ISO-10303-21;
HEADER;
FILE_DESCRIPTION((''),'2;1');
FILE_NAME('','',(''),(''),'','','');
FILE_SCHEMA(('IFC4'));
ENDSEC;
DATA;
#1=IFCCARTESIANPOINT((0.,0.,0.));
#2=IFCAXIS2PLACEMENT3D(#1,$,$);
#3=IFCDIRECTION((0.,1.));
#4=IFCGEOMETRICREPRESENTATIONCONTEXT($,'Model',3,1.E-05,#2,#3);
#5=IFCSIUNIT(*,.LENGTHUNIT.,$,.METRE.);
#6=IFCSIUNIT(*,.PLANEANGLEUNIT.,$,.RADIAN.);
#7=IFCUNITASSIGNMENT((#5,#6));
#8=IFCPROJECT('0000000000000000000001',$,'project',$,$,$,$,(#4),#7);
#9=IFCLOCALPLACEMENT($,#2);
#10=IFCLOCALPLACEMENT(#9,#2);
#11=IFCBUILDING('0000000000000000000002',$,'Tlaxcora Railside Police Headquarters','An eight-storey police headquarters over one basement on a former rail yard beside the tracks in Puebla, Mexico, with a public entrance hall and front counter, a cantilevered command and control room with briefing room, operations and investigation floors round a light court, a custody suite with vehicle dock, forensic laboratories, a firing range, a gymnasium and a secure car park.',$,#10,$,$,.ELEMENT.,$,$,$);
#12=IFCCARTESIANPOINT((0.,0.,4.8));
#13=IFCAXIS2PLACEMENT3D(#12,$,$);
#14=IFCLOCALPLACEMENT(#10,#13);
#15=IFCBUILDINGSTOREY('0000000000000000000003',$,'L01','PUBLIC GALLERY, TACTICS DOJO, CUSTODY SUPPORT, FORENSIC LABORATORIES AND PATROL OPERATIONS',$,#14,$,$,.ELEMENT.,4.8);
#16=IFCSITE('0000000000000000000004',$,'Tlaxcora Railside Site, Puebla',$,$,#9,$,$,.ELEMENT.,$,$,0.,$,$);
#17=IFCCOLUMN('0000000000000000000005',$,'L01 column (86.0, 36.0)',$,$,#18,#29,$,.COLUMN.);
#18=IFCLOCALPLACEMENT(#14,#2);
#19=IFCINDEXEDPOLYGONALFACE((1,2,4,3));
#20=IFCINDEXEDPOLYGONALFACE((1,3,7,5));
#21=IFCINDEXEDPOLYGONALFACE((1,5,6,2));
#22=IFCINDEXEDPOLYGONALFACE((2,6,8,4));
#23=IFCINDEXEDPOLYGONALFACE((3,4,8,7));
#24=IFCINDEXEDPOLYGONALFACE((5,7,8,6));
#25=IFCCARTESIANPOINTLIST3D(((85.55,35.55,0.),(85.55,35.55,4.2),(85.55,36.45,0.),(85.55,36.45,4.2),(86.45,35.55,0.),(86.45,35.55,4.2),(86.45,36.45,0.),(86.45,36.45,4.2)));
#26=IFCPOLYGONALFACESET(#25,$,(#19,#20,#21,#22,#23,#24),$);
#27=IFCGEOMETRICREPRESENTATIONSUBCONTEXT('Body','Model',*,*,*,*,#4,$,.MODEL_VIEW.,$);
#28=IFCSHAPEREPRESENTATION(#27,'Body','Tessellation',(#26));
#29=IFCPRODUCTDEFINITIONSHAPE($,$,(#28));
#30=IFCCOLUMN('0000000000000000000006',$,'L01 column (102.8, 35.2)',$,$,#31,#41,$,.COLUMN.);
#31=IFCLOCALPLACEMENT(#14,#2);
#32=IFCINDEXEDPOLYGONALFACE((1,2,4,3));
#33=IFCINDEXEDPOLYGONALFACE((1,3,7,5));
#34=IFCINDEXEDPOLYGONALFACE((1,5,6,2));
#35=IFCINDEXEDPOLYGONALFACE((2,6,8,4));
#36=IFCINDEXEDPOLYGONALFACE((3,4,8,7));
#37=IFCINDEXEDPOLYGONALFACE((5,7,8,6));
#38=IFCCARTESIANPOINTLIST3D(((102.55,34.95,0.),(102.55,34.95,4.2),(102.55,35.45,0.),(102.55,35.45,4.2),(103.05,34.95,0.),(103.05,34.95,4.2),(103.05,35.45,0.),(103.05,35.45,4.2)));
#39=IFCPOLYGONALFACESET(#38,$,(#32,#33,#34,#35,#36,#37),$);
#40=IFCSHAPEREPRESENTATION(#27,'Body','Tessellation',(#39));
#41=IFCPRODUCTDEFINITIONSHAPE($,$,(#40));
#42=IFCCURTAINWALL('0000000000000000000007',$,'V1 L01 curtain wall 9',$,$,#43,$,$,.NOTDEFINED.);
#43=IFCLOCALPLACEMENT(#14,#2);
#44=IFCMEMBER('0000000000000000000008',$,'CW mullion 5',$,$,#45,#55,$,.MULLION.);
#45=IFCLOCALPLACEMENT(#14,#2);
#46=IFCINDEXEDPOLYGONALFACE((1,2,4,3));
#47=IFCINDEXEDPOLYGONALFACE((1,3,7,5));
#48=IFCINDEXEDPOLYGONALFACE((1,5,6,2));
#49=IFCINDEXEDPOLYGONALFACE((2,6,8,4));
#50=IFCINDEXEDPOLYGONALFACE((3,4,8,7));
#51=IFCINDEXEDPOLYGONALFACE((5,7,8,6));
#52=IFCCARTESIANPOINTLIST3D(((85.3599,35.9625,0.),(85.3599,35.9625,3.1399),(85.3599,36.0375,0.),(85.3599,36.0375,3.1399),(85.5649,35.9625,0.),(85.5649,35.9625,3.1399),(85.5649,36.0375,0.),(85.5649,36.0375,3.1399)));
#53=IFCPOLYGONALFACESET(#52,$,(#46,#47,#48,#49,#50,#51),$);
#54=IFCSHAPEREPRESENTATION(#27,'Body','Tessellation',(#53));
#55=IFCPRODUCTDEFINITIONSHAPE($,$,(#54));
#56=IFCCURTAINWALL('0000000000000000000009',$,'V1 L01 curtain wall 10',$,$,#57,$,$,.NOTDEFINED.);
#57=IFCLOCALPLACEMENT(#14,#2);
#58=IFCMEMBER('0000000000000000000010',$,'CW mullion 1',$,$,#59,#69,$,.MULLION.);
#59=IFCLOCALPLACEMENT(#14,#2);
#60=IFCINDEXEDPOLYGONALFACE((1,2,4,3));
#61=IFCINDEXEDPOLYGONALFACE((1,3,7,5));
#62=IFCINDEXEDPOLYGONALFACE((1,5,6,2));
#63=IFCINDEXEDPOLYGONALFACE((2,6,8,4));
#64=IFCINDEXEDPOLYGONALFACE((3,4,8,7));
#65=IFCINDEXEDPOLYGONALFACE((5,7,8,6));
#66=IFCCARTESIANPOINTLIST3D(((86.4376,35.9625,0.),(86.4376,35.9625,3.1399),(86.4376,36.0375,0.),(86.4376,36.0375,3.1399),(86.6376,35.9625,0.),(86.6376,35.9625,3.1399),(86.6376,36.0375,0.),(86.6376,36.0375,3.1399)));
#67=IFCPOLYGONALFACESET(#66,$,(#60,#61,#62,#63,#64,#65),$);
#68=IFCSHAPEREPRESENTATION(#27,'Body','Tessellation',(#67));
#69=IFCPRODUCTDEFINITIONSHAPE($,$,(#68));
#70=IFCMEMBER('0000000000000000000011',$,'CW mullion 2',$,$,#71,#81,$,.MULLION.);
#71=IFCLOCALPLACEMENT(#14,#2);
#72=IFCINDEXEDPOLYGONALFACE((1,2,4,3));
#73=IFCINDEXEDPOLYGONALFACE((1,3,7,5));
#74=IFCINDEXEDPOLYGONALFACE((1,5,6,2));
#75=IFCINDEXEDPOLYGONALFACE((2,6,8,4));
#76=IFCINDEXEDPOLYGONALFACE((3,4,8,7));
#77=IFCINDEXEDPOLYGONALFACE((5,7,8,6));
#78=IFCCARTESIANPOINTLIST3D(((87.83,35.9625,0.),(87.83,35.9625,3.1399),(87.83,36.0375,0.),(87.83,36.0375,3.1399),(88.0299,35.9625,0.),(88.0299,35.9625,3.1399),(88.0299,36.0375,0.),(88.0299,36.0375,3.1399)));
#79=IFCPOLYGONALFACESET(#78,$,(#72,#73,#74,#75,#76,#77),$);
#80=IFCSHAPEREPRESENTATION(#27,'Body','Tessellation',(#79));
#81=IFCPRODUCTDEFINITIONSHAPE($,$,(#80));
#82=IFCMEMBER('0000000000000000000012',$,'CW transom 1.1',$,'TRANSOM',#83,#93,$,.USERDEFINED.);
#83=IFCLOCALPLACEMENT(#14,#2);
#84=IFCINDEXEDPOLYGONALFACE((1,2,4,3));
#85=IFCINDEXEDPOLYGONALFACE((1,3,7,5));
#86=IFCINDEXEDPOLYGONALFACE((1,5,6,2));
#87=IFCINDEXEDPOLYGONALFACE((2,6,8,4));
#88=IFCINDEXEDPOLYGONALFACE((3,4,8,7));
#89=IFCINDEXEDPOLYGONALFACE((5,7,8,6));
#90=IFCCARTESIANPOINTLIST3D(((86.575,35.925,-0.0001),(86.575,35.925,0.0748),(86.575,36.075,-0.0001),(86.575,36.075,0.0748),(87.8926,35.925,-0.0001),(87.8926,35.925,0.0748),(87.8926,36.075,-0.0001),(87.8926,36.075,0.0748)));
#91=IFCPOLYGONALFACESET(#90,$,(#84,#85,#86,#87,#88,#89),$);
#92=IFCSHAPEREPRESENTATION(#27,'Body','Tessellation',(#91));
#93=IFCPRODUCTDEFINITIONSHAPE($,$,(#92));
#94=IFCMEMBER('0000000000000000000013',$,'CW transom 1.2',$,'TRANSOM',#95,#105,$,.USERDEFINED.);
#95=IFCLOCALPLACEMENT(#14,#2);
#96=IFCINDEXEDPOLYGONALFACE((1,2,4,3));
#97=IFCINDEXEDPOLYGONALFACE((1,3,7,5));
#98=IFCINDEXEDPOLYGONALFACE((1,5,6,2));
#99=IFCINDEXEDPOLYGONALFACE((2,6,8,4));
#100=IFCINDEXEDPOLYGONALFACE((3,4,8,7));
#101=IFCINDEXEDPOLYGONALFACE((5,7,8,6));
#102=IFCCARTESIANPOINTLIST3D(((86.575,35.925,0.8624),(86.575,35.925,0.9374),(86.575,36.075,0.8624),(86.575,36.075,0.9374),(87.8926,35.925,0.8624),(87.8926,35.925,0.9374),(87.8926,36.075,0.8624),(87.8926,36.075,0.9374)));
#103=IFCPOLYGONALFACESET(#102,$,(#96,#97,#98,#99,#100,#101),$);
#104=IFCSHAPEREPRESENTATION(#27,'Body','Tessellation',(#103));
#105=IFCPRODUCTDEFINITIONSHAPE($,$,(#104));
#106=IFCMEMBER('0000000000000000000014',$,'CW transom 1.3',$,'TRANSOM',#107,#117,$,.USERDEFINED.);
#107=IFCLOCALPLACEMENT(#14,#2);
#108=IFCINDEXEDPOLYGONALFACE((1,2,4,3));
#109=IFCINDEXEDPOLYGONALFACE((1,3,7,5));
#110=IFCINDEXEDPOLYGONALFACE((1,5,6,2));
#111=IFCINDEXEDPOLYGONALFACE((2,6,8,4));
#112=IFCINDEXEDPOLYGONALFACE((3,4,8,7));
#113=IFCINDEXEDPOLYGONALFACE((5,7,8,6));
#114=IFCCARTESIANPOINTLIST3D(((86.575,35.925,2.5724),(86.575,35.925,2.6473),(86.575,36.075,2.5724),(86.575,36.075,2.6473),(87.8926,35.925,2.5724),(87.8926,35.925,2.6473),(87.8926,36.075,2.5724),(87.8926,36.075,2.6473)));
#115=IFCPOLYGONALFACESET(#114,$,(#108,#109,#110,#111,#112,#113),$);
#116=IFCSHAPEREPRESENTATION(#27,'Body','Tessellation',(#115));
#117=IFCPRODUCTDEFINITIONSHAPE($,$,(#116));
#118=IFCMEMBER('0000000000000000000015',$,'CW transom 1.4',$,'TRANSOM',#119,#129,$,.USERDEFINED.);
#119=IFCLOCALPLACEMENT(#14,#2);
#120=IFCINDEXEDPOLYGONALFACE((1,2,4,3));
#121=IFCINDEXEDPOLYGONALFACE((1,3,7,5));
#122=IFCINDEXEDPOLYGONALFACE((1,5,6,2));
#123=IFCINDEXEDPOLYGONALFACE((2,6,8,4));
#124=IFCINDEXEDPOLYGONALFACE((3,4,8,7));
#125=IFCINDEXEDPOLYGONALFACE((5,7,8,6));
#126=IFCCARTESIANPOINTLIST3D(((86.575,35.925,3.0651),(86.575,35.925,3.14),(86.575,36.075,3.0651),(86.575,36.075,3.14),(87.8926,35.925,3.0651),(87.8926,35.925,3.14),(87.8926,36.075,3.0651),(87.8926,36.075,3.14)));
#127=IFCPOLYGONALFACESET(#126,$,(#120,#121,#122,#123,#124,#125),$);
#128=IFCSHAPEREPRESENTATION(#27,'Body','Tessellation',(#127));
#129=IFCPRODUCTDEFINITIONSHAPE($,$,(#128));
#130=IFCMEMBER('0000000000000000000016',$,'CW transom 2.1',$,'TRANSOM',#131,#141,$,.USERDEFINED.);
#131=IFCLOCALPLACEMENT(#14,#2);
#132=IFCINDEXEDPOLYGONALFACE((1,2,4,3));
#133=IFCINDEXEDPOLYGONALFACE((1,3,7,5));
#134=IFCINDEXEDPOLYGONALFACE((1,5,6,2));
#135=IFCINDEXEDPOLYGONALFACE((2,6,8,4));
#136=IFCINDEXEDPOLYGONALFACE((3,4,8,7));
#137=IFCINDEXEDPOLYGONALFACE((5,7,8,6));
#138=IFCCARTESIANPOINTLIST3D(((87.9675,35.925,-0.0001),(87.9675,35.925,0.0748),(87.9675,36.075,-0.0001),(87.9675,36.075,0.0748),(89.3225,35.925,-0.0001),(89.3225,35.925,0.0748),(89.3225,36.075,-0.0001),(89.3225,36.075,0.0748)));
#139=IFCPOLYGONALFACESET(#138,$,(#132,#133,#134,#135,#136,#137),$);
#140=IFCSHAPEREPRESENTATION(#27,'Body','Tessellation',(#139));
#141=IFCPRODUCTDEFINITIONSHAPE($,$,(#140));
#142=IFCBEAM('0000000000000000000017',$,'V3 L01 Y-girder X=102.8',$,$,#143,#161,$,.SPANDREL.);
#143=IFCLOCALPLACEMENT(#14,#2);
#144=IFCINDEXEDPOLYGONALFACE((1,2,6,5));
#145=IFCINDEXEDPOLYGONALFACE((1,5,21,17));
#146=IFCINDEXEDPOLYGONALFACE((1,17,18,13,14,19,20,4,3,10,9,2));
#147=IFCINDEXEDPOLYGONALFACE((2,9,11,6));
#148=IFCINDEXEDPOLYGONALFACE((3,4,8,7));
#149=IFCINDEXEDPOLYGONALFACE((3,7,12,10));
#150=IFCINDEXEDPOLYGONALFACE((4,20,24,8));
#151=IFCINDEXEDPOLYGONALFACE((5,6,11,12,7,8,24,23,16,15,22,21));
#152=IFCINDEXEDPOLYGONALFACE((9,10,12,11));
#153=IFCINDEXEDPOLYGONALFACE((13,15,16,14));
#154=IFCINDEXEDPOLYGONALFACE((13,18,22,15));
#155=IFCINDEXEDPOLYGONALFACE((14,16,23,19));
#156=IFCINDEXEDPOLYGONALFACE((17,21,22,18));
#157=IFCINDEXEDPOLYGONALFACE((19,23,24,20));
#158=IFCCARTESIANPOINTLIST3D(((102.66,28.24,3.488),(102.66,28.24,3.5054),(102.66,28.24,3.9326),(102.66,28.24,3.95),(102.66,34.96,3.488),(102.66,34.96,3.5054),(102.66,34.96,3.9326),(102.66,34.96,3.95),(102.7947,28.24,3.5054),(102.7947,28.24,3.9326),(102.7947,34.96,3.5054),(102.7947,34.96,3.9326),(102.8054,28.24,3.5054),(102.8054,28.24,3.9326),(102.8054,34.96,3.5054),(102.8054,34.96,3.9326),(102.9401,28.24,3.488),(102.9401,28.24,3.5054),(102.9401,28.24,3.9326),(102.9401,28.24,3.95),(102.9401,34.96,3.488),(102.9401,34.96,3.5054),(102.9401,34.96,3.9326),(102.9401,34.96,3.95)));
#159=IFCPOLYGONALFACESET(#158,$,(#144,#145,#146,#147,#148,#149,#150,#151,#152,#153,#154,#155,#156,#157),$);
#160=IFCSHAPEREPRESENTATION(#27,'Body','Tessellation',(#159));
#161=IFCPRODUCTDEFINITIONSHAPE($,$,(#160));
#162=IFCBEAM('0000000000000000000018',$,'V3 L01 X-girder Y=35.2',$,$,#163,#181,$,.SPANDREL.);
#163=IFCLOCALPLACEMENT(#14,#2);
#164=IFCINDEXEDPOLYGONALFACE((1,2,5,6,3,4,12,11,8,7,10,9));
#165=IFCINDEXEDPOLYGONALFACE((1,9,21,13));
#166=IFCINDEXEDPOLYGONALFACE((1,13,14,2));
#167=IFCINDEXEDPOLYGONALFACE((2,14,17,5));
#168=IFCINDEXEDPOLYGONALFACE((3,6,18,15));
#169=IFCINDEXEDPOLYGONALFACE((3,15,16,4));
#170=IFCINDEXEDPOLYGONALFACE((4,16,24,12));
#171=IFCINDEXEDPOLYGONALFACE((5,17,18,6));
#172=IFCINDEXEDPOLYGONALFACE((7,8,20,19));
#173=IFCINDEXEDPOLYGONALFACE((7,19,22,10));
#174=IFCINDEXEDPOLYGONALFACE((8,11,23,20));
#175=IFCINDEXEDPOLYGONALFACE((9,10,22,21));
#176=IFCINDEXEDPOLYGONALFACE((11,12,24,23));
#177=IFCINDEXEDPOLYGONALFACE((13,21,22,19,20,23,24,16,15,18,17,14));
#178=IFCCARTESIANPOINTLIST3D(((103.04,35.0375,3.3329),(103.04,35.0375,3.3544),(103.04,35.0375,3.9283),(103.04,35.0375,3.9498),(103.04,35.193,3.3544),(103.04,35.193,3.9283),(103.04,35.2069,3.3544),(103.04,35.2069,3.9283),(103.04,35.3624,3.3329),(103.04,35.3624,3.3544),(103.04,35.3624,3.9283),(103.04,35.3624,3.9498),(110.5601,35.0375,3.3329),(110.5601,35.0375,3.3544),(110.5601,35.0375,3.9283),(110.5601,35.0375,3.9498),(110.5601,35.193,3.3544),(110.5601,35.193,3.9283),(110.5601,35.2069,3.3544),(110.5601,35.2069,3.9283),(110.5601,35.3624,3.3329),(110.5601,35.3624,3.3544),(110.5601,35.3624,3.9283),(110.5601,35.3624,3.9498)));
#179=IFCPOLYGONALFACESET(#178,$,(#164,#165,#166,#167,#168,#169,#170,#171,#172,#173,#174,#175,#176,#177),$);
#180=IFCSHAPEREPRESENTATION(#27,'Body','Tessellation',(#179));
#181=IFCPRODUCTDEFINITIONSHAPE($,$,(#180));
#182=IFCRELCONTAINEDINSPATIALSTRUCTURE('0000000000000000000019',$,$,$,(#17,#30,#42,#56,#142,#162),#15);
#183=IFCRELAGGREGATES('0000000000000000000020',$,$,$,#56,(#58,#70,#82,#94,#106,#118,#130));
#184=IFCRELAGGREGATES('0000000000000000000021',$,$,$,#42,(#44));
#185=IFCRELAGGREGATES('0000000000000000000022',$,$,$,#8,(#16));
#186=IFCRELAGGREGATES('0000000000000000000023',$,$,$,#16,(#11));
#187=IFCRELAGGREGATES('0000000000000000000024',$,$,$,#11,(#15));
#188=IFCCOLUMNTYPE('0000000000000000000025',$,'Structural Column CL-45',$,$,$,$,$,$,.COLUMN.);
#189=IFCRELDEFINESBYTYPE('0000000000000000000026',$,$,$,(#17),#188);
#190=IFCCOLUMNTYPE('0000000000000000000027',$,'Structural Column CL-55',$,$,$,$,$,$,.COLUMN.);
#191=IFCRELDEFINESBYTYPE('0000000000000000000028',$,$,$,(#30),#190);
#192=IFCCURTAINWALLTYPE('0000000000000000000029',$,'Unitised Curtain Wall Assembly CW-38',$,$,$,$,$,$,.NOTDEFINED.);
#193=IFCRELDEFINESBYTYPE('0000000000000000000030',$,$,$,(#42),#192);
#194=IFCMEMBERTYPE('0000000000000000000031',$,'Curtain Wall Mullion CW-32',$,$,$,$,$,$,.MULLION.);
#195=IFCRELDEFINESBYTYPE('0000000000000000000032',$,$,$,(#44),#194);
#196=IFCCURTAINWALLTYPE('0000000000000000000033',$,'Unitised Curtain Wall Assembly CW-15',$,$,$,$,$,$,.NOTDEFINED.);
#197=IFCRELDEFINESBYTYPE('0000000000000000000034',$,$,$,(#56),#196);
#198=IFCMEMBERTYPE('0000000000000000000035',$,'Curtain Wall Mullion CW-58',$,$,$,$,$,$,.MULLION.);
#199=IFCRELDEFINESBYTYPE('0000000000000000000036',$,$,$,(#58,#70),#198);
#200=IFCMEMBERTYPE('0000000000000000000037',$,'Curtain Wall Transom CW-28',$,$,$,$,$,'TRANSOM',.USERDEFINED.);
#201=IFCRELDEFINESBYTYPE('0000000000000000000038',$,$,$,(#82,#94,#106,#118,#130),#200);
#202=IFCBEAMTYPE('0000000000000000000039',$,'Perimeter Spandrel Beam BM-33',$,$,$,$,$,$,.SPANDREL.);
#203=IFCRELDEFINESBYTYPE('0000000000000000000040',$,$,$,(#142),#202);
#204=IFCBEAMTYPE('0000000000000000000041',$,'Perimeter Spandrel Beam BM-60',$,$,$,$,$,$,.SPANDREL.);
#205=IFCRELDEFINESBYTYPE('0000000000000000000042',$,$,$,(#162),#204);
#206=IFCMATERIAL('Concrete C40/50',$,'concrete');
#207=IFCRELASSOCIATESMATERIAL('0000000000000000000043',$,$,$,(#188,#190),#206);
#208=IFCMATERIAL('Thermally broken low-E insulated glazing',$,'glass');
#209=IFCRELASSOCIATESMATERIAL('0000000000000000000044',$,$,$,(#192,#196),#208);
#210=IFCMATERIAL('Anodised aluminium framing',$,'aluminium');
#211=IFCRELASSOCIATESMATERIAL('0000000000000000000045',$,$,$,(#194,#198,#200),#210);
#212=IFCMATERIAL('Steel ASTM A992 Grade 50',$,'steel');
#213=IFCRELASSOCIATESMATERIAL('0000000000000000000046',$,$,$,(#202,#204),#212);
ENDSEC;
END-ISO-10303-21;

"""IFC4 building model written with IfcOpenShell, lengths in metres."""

from ifc_helpers import new_model, si_unit, direction, frame, origin, origin_2d, place, context, subcontext, project, spatial, rectangle, i_section, extrude, material, material_profile, profile_set, type_object, element, aggregate, save


model = new_model("IFC4")

# Units and contexts
model_context = context("Model", 3, precision=1e-05, world=origin(), true_north=direction((0.0, 1.0)))
body_context = subcontext(model_context, "Body", "Model", "MODEL_VIEW")
ifc_project = project(units=[si_unit("LENGTHUNIT", "METRE"), si_unit("PLANEANGLEUNIT", "RADIAN")], contexts=[model_context])

# Site, building, storey
site_placement = place(None, origin())
site = spatial("IfcSite", under=ifc_project, at=site_placement, Name="Tlaxcora Railside Site, Puebla", CompositionType="ELEMENT", RefElevation=0.0)
building_placement = place(site_placement, origin())
building = spatial("IfcBuilding", under=site, at=building_placement, Name="Tlaxcora Railside Police Headquarters", Description="An eight-storey police headquarters over one basement on a former rail yard beside the tracks in Puebla, Mexico, with a public entrance hall and front counter, a cantilevered command and control room with briefing room, operations and investigation floors round a light court, a custody suite with vehicle dock, forensic laboratories, a firing range, a gymnasium and a secure car park.", CompositionType="ELEMENT")
storey_placement = place(building_placement, frame((0.0, 0.0, 4.8)))
storey = spatial("IfcBuildingStorey", under=building, at=storey_placement, Name="L01", Description="PUBLIC GALLERY, TACTICS DOJO, CUSTODY SUPPORT, FORENSIC LABORATORIES AND PATROL OPERATIONS", CompositionType="ELEMENT", Elevation=4.8)

# Columns
ifc_material_1 = material(Name="Concrete C40/50", Category="concrete")
ifc_material_profile_1 = material_profile(ifc_material_1, rectangle(XDim=0.8999, YDim=0.8999, at=origin_2d()), Name="RC900X900")
ifc_profile_set_1 = profile_set([ifc_material_profile_1], Name="Concrete C40/50")
column_type_1 = type_object("IfcColumnType", Name="Structural Column CL-45", PredefinedType="COLUMN", material=ifc_profile_set_1)
column_1_placement = place(storey_placement, frame((86.0, 36.0, 0.0), z_axis=(0.0, 0.0, 1.0), x_axis=(1.0, 0.0, 0.0)))
element("IfcColumn", 1, at=column_1_placement, inside=storey, type_object=column_type_1, Name="L01 column (86.0, 36.0)", PredefinedType="COLUMN", context=body_context, shape_type="SweptSolid", body=[
    extrude(rectangle(XDim=0.8999, YDim=0.8999, at=origin_2d()), origin(), (0.0, 0.0, 1.0), 4.2),
])
ifc_material_profile_2 = material_profile(ifc_material_1, rectangle(XDim=0.5, YDim=0.5, at=origin_2d()), Name="RC500X500")
ifc_profile_set_2 = profile_set([ifc_material_profile_2], Name="Concrete C40/50")
column_type_2 = type_object("IfcColumnType", Name="Structural Column CL-55", PredefinedType="COLUMN", material=ifc_profile_set_2)
column_2_placement = place(storey_placement, frame((102.8, 35.2, 0.0), z_axis=(0.0, 0.0, 1.0), x_axis=(1.0, 0.0, 0.0)))
element("IfcColumn", 2, at=column_2_placement, inside=storey, type_object=column_type_2, Name="L01 column (102.8, 35.2)", PredefinedType="COLUMN", context=body_context, shape_type="SweptSolid", body=[
    extrude(rectangle(XDim=0.5, YDim=0.5, at=origin_2d()), origin(), (0.0, 0.0, 1.0), 4.2),
])

# Curtain wall, member
ifc_material_2 = material(Name="Thermally broken low-E insulated glazing", Category="glass")
curtain_wall_type_1 = type_object("IfcCurtainWallType", Name="Unitised Curtain Wall Assembly CW-38", PredefinedType="NOTDEFINED", material=ifc_material_2)
curtain_wall_1_placement = place(storey_placement, origin())
curtain_wall_1 = element("IfcCurtainWall", 3, at=curtain_wall_1_placement, inside=storey, type_object=curtain_wall_type_1, Name="V1 L01 curtain wall 9", PredefinedType="NOTDEFINED")
ifc_material_3 = material(Name="Anodised aluminium framing", Category="aluminium")
ifc_material_profile_3 = material_profile(ifc_material_3, rectangle(XDim=0.075, YDim=0.2051, at=origin_2d()), Name="AL75X205")
ifc_profile_set_3 = profile_set([ifc_material_profile_3], Name="Anodised aluminium framing")
member_type_1 = type_object("IfcMemberType", Name="Curtain Wall Mullion CW-32", PredefinedType="MULLION", material=ifc_profile_set_3)
member_1_placement = place(storey_placement, frame((85.4624, 36.0, 0.0), z_axis=(0.0, 0.0, 1.0), x_axis=(0.0, 1.0, 0.0)))
member_1 = element("IfcMember", 4, at=member_1_placement, type_object=member_type_1, Name="CW mullion 5", PredefinedType="MULLION", context=body_context, shape_type="SweptSolid", body=[
    extrude(rectangle(XDim=0.075, YDim=0.2051, at=origin_2d()), origin(), (0.0, 0.0, 1.0), 3.1399),
])

# Curtain wall, members
curtain_wall_type_2 = type_object("IfcCurtainWallType", Name="Unitised Curtain Wall Assembly CW-15", PredefinedType="NOTDEFINED", material=ifc_material_2)
curtain_wall_2_placement = place(storey_placement, origin())
curtain_wall_2 = element("IfcCurtainWall", 5, at=curtain_wall_2_placement, inside=storey, type_object=curtain_wall_type_2, Name="V1 L01 curtain wall 10", PredefinedType="NOTDEFINED")
ifc_material_profile_4 = material_profile(ifc_material_3, rectangle(XDim=0.075, YDim=0.2, at=origin_2d()), Name="AL75X200")
ifc_profile_set_4 = profile_set([ifc_material_profile_4], Name="Anodised aluminium framing")
member_type_2 = type_object("IfcMemberType", Name="Curtain Wall Mullion CW-58", PredefinedType="MULLION", material=ifc_profile_set_4)
member_2_placement = place(storey_placement, frame((86.5376, 36.0, 0.0), z_axis=(0.0, 0.0, 1.0), x_axis=(0.0, 1.0, 0.0)))
member_2 = element("IfcMember", 6, at=member_2_placement, type_object=member_type_2, Name="CW mullion 1", PredefinedType="MULLION", context=body_context, shape_type="SweptSolid", body=[
    extrude(rectangle(XDim=0.075, YDim=0.2, at=origin_2d()), origin(), (0.0, 0.0, 1.0), 3.1399),
])
member_3_placement = place(storey_placement, frame((87.9299, 36.0, 0.0), z_axis=(0.0, 0.0, 1.0), x_axis=(0.0, 1.0, 0.0)))
member_3 = element("IfcMember", 7, at=member_3_placement, type_object=member_type_2, Name="CW mullion 2", PredefinedType="MULLION", context=body_context, shape_type="SweptSolid", body=[
    extrude(rectangle(XDim=0.075, YDim=0.2, at=origin_2d()), origin(), (0.0, 0.0, 1.0), 3.1399),
])
ifc_material_profile_5 = material_profile(ifc_material_3, rectangle(XDim=0.1499, YDim=0.075, at=origin_2d()), Name="AL75X150")
ifc_profile_set_5 = profile_set([ifc_material_profile_5], Name="Anodised aluminium framing")
member_type_3 = type_object("IfcMemberType", Name="Curtain Wall Transom CW-28", ElementType="TRANSOM", PredefinedType="USERDEFINED", material=ifc_profile_set_5)
member_4_placement = place(storey_placement, frame((86.575, 36.0, 0.0374), z_axis=(1.0, 0.0, 0.0), x_axis=(0.0, 1.0, 0.0)))
member_4 = element("IfcMember", 8, at=member_4_placement, type_object=member_type_3, Name="CW transom 1.1", ObjectType="TRANSOM", PredefinedType="USERDEFINED", context=body_context, shape_type="SweptSolid", body=[
    extrude(rectangle(XDim=0.1499, YDim=0.075, at=origin_2d()), origin(), (0.0, 0.0, 1.0), 1.3176),
])
member_5_placement = place(storey_placement, frame((86.575, 36.0, 0.8999), z_axis=(1.0, 0.0, 0.0), x_axis=(0.0, 1.0, 0.0)))
member_5 = element("IfcMember", 9, at=member_5_placement, type_object=member_type_3, Name="CW transom 1.2", ObjectType="TRANSOM", PredefinedType="USERDEFINED", context=body_context, shape_type="SweptSolid", body=[
    extrude(rectangle(XDim=0.1499, YDim=0.075, at=origin_2d()), origin(), (0.0, 0.0, 1.0), 1.3176),
])
member_6_placement = place(storey_placement, frame((86.575, 36.0, 2.6099), z_axis=(1.0, 0.0, 0.0), x_axis=(0.0, 1.0, 0.0)))
member_6 = element("IfcMember", 10, at=member_6_placement, type_object=member_type_3, Name="CW transom 1.3", ObjectType="TRANSOM", PredefinedType="USERDEFINED", context=body_context, shape_type="SweptSolid", body=[
    extrude(rectangle(XDim=0.1499, YDim=0.075, at=origin_2d()), origin(), (0.0, 0.0, 1.0), 1.3176),
])
member_7_placement = place(storey_placement, frame((86.575, 36.0, 3.1025), z_axis=(1.0, 0.0, 0.0), x_axis=(0.0, 1.0, 0.0)))
member_7 = element("IfcMember", 11, at=member_7_placement, type_object=member_type_3, Name="CW transom 1.4", ObjectType="TRANSOM", PredefinedType="USERDEFINED", context=body_context, shape_type="SweptSolid", body=[
    extrude(rectangle(XDim=0.1499, YDim=0.075, at=origin_2d()), origin(), (0.0, 0.0, 1.0), 1.3176),
])
member_8_placement = place(storey_placement, frame((87.9675, 36.0, 0.0374), z_axis=(1.0, 0.0, 0.0), x_axis=(0.0, 1.0, 0.0)))
member_8 = element("IfcMember", 12, at=member_8_placement, type_object=member_type_3, Name="CW transom 2.1", ObjectType="TRANSOM", PredefinedType="USERDEFINED", context=body_context, shape_type="SweptSolid", body=[
    extrude(rectangle(XDim=0.1499, YDim=0.075, at=origin_2d()), origin(), (0.0, 0.0, 1.0), 1.355),
])

# Beams
ifc_material_4 = material(Name="Steel ASTM A992 Grade 50", Category="steel")
ifc_material_profile_6 = material_profile(ifc_material_4, i_section(OverallWidth=0.28, OverallDepth=0.4619, WebThickness=0.0107, FlangeThickness=0.0173, at=origin_2d()), Name="W18X76")
ifc_profile_set_6 = profile_set([ifc_material_profile_6], Name="Steel ASTM A992 Grade 50")
beam_type_1 = type_object("IfcBeamType", Name="Perimeter Spandrel Beam BM-33", PredefinedType="SPANDREL", material=ifc_profile_set_6)
beam_1_placement = place(storey_placement, frame((102.8, 28.24, 3.719), z_axis=(0.0, 1.0, 0.0), x_axis=(-1.0, 0.0, 0.0)))
element("IfcBeam", 13, at=beam_1_placement, inside=storey, type_object=beam_type_1, Name="V3 L01 Y-girder X=102.8", PredefinedType="SPANDREL", context=body_context, shape_type="SweptSolid", body=[
    extrude(i_section(OverallWidth=0.28, OverallDepth=0.4619, WebThickness=0.0107, FlangeThickness=0.0173, at=origin_2d()), origin(), (0.0, 0.0, 1.0), 6.72),
])
ifc_material_profile_7 = material_profile(ifc_material_4, i_section(OverallWidth=0.325, OverallDepth=0.6169, WebThickness=0.0139, FlangeThickness=0.0215, at=origin_2d()), Name="W24X117")
ifc_profile_set_7 = profile_set([ifc_material_profile_7], Name="Steel ASTM A992 Grade 50")
beam_type_2 = type_object("IfcBeamType", Name="Perimeter Spandrel Beam BM-60", PredefinedType="SPANDREL", material=ifc_profile_set_7)
beam_2_placement = place(storey_placement, frame((103.04, 35.2, 3.6414), z_axis=(1.0, 0.0, 0.0), x_axis=(0.0, 1.0, 0.0)))
element("IfcBeam", 14, at=beam_2_placement, inside=storey, type_object=beam_type_2, Name="V3 L01 X-girder Y=35.2", PredefinedType="SPANDREL", context=body_context, shape_type="SweptSolid", body=[
    extrude(i_section(OverallWidth=0.325, OverallDepth=0.6169, WebThickness=0.0139, FlangeThickness=0.0215, at=origin_2d()), origin(), (0.0, 0.0, 1.0), 7.52),
])

aggregate(curtain_wall_2, [member_2, member_3, member_4, member_5, member_6, member_7, member_8])
aggregate(curtain_wall_1, [member_1])

save(model, "model.ifc")
